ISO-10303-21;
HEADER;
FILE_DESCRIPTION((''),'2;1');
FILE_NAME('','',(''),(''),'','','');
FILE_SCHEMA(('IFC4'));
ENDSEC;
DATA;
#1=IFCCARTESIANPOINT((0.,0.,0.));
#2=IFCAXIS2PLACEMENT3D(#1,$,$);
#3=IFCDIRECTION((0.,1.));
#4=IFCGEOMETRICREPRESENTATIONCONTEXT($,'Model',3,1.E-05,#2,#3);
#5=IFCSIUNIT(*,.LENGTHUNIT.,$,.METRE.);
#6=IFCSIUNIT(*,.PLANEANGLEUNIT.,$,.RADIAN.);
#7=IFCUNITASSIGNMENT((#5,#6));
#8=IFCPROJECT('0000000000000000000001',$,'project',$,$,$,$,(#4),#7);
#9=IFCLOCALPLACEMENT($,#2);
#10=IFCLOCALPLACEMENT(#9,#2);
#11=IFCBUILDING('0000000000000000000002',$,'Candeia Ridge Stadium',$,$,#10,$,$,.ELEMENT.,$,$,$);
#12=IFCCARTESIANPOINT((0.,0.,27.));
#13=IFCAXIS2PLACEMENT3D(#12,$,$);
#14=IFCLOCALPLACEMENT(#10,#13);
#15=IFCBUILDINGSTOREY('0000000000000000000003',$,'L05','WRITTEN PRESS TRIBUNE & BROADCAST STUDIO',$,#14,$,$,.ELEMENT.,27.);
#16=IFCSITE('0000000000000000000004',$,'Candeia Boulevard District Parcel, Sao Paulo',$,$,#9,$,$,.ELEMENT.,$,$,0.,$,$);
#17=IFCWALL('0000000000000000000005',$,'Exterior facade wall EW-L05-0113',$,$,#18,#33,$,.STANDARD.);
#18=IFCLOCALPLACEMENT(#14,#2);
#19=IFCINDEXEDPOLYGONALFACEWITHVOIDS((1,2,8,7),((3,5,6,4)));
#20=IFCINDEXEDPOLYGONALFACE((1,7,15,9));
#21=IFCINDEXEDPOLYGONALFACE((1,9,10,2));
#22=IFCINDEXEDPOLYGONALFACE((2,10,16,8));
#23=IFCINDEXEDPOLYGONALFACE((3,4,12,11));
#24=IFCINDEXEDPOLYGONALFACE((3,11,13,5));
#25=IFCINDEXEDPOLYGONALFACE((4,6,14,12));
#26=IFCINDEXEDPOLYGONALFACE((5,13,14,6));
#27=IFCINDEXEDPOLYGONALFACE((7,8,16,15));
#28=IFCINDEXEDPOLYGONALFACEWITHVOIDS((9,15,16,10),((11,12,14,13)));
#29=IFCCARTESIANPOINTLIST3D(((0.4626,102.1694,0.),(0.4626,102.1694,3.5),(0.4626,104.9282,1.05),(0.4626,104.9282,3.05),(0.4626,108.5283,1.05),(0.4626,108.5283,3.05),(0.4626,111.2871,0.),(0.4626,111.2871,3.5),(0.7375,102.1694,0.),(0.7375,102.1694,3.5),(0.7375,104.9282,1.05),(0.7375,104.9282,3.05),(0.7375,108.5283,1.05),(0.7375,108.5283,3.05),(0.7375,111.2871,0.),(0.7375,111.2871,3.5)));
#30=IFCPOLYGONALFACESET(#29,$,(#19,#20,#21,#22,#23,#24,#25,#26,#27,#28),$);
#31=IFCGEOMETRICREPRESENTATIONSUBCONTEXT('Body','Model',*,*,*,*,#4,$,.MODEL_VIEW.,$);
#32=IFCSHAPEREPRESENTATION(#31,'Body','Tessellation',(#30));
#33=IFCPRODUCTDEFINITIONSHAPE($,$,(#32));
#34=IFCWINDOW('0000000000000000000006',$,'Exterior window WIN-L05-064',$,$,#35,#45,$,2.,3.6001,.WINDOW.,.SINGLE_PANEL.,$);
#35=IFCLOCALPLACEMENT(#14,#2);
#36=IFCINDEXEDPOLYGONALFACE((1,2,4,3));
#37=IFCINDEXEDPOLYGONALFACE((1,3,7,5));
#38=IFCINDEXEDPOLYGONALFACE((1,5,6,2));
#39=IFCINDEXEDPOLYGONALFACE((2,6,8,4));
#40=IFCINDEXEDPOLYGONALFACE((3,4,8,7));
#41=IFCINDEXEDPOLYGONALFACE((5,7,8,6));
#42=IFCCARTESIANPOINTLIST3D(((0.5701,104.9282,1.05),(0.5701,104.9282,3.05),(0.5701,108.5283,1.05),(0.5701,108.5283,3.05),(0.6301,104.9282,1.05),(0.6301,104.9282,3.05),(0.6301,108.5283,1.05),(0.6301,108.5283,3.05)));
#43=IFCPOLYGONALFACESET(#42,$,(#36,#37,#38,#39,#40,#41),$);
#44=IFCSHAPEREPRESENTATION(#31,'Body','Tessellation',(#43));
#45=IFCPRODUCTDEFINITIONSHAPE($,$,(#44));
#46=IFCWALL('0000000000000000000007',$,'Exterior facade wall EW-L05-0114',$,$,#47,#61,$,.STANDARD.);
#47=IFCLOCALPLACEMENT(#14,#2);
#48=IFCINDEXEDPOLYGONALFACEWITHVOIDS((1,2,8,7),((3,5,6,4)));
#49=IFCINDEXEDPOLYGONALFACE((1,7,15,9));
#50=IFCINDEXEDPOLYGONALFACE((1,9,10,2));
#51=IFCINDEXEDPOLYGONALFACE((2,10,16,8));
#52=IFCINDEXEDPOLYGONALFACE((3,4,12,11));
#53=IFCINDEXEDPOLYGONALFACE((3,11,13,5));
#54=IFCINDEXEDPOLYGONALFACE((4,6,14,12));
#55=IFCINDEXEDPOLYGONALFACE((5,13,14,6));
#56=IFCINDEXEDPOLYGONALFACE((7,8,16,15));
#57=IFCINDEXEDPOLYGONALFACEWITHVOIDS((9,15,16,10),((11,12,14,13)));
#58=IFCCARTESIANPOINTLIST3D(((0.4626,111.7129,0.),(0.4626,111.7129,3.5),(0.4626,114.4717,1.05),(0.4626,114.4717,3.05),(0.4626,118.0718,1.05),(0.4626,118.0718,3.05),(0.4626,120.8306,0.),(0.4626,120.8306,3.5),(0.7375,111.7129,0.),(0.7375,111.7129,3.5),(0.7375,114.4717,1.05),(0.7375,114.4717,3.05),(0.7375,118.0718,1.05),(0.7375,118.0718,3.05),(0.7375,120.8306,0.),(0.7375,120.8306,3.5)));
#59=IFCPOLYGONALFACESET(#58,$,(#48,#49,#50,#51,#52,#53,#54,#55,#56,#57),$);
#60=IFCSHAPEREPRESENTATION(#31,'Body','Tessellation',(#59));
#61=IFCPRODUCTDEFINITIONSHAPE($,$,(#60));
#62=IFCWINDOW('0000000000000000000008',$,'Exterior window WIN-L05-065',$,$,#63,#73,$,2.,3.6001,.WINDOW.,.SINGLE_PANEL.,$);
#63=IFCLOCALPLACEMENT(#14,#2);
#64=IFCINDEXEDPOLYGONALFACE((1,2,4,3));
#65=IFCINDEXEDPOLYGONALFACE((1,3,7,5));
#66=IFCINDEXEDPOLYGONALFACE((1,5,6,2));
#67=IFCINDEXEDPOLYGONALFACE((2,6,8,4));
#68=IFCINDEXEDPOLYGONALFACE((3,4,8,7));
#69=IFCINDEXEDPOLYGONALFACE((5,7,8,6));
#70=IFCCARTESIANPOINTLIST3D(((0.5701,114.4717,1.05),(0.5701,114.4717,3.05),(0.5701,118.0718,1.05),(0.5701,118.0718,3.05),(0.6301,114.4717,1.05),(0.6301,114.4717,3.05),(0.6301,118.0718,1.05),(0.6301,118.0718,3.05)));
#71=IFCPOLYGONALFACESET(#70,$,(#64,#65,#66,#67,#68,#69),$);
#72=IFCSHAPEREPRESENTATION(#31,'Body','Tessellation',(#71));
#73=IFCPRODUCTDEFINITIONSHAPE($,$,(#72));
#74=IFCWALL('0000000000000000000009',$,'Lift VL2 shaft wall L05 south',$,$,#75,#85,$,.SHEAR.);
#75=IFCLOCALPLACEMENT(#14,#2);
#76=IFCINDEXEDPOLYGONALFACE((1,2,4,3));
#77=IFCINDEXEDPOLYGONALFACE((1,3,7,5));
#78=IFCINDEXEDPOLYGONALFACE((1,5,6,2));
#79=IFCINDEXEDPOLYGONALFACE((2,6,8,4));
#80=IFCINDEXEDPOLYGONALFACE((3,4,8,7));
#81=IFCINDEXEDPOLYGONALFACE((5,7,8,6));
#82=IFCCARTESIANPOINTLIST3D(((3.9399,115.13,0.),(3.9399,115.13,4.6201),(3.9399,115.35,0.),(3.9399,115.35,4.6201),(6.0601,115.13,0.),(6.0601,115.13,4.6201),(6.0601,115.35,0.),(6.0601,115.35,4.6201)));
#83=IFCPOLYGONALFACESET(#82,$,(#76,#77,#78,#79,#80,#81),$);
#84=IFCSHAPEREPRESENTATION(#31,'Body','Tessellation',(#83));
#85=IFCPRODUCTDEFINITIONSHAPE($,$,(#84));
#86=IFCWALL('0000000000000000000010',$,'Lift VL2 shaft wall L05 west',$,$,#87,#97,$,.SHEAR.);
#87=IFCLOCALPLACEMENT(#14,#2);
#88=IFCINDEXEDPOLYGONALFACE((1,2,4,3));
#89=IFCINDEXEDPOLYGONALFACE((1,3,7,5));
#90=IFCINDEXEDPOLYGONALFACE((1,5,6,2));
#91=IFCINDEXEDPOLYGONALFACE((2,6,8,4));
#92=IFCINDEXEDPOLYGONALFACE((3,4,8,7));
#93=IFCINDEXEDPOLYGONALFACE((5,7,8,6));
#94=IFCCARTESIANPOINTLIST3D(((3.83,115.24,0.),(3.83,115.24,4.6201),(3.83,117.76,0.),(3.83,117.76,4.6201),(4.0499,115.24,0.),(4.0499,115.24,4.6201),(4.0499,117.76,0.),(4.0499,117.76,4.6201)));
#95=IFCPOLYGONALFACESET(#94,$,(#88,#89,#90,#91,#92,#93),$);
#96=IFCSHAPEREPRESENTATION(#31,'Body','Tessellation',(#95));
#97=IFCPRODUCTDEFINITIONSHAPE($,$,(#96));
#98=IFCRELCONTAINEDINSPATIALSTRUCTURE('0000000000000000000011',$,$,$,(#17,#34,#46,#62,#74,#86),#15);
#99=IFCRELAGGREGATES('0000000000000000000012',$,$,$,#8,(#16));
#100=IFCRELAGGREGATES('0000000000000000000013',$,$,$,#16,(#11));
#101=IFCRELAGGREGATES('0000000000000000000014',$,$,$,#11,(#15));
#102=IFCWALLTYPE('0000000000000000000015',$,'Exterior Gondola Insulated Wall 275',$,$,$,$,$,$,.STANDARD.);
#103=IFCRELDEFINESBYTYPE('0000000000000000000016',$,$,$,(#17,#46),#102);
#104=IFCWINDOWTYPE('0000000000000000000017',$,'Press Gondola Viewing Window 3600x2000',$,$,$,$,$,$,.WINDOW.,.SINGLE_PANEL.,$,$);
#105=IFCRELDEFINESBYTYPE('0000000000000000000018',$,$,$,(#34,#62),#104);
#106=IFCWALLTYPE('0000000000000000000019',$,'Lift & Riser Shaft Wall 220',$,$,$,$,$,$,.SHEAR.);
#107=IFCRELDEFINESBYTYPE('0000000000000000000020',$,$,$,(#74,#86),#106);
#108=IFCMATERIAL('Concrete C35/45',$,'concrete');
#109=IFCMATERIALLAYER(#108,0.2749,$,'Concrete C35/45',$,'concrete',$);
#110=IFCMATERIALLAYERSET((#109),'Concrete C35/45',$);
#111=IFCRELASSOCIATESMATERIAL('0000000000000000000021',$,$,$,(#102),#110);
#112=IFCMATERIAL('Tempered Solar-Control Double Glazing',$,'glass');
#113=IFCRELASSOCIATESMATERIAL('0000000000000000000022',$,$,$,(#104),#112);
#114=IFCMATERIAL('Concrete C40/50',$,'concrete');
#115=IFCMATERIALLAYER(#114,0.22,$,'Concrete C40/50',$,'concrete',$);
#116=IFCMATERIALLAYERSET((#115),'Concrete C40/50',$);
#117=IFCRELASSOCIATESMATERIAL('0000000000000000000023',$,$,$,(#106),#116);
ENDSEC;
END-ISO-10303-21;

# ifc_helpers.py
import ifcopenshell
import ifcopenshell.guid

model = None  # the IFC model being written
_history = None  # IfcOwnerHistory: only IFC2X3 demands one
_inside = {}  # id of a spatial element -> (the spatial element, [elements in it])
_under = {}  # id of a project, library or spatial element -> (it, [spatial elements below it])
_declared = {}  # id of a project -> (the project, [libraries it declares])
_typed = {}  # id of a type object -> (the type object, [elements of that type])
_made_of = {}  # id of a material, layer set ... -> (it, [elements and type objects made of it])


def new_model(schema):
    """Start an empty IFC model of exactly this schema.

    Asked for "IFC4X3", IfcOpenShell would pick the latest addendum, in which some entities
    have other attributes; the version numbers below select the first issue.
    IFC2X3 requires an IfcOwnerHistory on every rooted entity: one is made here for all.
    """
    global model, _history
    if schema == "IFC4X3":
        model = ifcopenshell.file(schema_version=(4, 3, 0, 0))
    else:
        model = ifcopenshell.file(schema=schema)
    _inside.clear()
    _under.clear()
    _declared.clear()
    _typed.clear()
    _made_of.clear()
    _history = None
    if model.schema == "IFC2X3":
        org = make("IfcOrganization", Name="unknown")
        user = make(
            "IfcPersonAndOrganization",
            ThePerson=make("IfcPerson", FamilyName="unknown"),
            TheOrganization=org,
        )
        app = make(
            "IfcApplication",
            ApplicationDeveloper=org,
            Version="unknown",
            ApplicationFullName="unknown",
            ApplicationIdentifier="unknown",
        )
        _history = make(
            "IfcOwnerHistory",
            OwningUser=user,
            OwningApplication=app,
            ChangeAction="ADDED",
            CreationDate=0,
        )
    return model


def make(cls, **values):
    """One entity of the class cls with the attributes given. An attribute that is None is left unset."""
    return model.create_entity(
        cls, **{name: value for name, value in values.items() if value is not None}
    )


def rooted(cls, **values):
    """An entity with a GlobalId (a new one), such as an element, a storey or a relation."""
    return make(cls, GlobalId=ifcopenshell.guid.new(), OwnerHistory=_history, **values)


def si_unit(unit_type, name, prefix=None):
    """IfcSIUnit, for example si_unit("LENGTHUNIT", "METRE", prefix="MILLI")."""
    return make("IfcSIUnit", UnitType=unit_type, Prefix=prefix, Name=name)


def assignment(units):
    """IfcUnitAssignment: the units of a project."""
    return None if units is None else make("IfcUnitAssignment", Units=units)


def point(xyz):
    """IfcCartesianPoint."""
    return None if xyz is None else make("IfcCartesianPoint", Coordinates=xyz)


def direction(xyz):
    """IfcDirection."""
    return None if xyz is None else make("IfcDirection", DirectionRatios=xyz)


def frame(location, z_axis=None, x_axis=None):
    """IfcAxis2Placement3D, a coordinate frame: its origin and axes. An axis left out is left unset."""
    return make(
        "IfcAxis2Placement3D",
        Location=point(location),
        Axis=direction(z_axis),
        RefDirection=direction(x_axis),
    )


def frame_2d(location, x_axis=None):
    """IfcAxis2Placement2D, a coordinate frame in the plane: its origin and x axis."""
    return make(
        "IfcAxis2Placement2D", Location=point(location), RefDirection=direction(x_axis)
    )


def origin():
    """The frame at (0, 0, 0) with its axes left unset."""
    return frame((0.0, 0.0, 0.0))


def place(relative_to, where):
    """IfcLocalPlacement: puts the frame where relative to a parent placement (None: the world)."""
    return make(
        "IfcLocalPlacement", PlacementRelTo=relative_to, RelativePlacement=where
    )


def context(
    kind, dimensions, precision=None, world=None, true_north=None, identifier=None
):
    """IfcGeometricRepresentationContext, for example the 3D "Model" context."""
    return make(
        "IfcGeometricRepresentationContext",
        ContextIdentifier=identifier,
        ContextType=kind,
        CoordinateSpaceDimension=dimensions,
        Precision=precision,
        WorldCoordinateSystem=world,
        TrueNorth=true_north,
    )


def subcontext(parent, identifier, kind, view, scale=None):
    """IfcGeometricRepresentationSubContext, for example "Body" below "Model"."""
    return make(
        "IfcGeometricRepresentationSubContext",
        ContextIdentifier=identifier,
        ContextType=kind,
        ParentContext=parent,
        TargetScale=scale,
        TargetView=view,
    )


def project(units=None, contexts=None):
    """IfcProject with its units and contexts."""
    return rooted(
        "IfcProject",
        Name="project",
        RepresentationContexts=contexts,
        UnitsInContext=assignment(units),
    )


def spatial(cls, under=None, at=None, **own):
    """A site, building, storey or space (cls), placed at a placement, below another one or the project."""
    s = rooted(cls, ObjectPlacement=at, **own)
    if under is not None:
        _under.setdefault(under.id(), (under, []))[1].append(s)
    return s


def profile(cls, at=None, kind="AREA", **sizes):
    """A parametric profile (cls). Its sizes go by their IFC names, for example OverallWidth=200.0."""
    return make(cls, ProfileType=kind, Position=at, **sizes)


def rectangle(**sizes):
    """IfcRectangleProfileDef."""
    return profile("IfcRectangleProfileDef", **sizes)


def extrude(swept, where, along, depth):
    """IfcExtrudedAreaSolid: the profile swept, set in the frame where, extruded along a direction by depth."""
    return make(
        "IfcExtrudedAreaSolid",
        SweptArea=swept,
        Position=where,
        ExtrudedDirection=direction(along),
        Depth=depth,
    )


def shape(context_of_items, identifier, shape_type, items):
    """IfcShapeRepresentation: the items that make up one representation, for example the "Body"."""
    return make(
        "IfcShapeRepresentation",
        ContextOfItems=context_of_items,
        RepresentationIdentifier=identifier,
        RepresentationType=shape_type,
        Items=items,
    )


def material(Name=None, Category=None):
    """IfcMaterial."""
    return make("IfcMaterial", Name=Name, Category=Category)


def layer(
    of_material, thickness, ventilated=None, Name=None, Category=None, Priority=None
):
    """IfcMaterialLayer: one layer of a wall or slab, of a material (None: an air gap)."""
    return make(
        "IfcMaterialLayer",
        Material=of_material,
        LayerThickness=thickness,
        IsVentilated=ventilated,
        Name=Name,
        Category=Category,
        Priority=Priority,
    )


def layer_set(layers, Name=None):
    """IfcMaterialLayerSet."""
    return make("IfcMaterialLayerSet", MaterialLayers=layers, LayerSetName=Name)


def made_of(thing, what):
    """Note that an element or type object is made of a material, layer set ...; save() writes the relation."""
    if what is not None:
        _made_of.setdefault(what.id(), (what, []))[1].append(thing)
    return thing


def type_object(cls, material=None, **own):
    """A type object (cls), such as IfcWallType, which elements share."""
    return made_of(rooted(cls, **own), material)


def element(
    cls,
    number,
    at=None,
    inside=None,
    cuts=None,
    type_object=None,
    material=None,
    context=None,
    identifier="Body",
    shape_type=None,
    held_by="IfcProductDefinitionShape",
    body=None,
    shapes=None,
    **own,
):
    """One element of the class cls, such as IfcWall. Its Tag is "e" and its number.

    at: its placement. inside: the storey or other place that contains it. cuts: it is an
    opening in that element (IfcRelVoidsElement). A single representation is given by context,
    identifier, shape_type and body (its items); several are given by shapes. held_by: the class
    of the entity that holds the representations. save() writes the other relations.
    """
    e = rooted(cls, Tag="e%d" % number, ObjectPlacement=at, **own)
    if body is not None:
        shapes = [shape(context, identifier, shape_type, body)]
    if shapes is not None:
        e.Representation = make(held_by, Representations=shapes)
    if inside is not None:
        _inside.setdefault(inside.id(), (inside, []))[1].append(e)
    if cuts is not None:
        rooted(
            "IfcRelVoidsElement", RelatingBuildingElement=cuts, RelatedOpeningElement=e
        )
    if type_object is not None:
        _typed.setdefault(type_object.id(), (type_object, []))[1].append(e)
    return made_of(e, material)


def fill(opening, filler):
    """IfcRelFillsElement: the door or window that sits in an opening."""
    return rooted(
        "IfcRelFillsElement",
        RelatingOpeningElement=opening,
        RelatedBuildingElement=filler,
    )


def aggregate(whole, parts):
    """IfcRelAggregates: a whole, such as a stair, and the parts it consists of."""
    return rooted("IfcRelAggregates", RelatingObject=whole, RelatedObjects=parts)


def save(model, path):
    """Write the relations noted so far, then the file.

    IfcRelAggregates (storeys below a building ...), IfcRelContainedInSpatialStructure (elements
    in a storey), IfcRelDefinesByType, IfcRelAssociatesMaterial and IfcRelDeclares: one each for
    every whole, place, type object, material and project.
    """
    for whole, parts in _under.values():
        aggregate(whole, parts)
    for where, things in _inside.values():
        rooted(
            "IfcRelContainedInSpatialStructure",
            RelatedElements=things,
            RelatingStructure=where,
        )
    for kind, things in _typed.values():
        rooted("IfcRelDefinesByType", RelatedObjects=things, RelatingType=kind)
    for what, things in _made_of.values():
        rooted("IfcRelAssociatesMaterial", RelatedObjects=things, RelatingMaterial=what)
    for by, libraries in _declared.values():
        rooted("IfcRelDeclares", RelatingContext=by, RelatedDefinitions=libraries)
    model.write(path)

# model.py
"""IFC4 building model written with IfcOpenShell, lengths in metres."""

from ifc_helpers import new_model, si_unit, direction, frame, frame_2d, origin, place, context, subcontext, project, spatial, rectangle, extrude, material, layer, layer_set, type_object, element, fill, save


model = new_model("IFC4")

# Units and contexts
model_context = context("Model", 3, precision=1e-05, world=origin(), true_north=direction((0.0, 1.0)))
body_context = subcontext(model_context, "Body", "Model", "MODEL_VIEW")
ifc_project = project(units=[si_unit("LENGTHUNIT", "METRE"), si_unit("PLANEANGLEUNIT", "RADIAN")], contexts=[model_context])

# Site, building, storey
site_placement = place(None, origin())
site = spatial("IfcSite", under=ifc_project, at=site_placement, Name="Candeia Boulevard District Parcel, Sao Paulo", CompositionType="ELEMENT", RefElevation=0.0)
building_placement = place(site_placement, origin())
building = spatial("IfcBuilding", under=site, at=building_placement, Name="Candeia Ridge Stadium", CompositionType="ELEMENT")
storey_placement = place(building_placement, frame((0.0, 0.0, 27.0)))
storey = spatial("IfcBuildingStorey", under=building, at=storey_placement, Name="L05", Description="WRITTEN PRESS TRIBUNE & BROADCAST STUDIO", CompositionType="ELEMENT", Elevation=27.0)

# Shared definitions
ifc_material_1 = material(Name="Concrete C40/50", Category="concrete")

# Walls, openings, windows
ifc_material_2 = material(Name="Concrete C35/45", Category="concrete")
ifc_layer_1 = layer(ifc_material_2, 0.2749, Name="Concrete C35/45", Category="concrete")
ifc_layer_set_1 = layer_set([ifc_layer_1], Name="Concrete C35/45")
wall_type_1 = type_object("IfcWallType", Name="Exterior Gondola Insulated Wall 275", PredefinedType="STANDARD", material=ifc_layer_set_1)
wall_1_placement = place(storey_placement, frame((0.6001, 102.1694, 0.0), z_axis=(0.0, 0.0, 1.0), x_axis=(0.0, 1.0, 0.0)))
wall_1 = element("IfcWall", 1, at=wall_1_placement, inside=storey, type_object=wall_type_1, Name="Exterior facade wall EW-L05-0113", PredefinedType="STANDARD", context=body_context, shape_type="SweptSolid", body=[
    extrude(rectangle(XDim=9.1177, YDim=0.2749, at=frame_2d((4.5588, 0.0))), origin(), (0.0, 0.0, 1.0), 3.5),
])
opening_1_placement = place(wall_1_placement, frame((2.7588, 0.0, 1.05)))
opening_1 = element("IfcOpeningElement", 2, at=opening_1_placement, cuts=wall_1, PredefinedType="OPENING", context=body_context, shape_type="SweptSolid", body=[
    extrude(rectangle(XDim=3.6001, YDim=2.0, at=frame_2d((1.8, 1.0))), frame((0.0, 0.1475, 0.0), z_axis=(0.0, -1.0, 0.0), x_axis=(1.0, 0.0, 0.0)), (0.0, 0.0, 1.0), 0.2949),
])
ifc_material_3 = material(Name="Tempered Solar-Control Double Glazing", Category="glass")
window_type = type_object("IfcWindowType", Name="Press Gondola Viewing Window 3600x2000", PartitioningType="SINGLE_PANEL", PredefinedType="WINDOW", material=ifc_material_3)
window_1_placement = place(opening_1_placement, origin())
window_1 = element("IfcWindow", 3, at=window_1_placement, inside=storey, type_object=window_type, Name="Exterior window WIN-L05-064", OverallHeight=2.0, OverallWidth=3.6001, PartitioningType="SINGLE_PANEL", PredefinedType="WINDOW", context=body_context, shape_type="SweptSolid", body=[
    extrude(rectangle(XDim=3.6001, YDim=2.0, at=frame_2d((1.8, 1.0))), frame((0.0, 0.03, 0.0), z_axis=(0.0, -1.0, 0.0), x_axis=(1.0, 0.0, 0.0)), (0.0, 0.0, 1.0), 0.0601),
])
fill(opening_1, window_1)
wall_2_placement = place(storey_placement, frame((0.6001, 111.7129, 0.0), z_axis=(0.0, 0.0, 1.0), x_axis=(0.0, 1.0, 0.0)))
wall_2 = element("IfcWall", 4, at=wall_2_placement, inside=storey, type_object=wall_type_1, Name="Exterior facade wall EW-L05-0114", PredefinedType="STANDARD", context=body_context, shape_type="SweptSolid", body=[
    extrude(rectangle(XDim=9.1177, YDim=0.2749, at=frame_2d((4.5588, 0.0))), origin(), (0.0, 0.0, 1.0), 3.5),
])
opening_2_placement = place(wall_2_placement, frame((2.7588, 0.0, 1.05)))
opening_2 = element("IfcOpeningElement", 5, at=opening_2_placement, cuts=wall_2, PredefinedType="OPENING", context=body_context, shape_type="SweptSolid", body=[
    extrude(rectangle(XDim=3.6001, YDim=2.0, at=frame_2d((1.8, 1.0))), frame((0.0, 0.1475, 0.0), z_axis=(0.0, -1.0, 0.0), x_axis=(1.0, 0.0, 0.0)), (0.0, 0.0, 1.0), 0.2949),
])
window_2_placement = place(opening_2_placement, origin())
window_2 = element("IfcWindow", 6, at=window_2_placement, inside=storey, type_object=window_type, Name="Exterior window WIN-L05-065", OverallHeight=2.0, OverallWidth=3.6001, PartitioningType="SINGLE_PANEL", PredefinedType="WINDOW", context=body_context, shape_type="SweptSolid", body=[
    extrude(rectangle(XDim=3.6001, YDim=2.0, at=frame_2d((1.8, 1.0))), frame((0.0, 0.03, 0.0), z_axis=(0.0, -1.0, 0.0), x_axis=(1.0, 0.0, 0.0)), (0.0, 0.0, 1.0), 0.0601),
])
fill(opening_2, window_2)

# Wall
ifc_layer_2 = layer(ifc_material_1, 0.22, Name="Concrete C40/50", Category="concrete")
ifc_layer_set_2 = layer_set([ifc_layer_2], Name="Concrete C40/50")
wall_type_2 = type_object("IfcWallType", Name="Lift & Riser Shaft Wall 220", PredefinedType="SHEAR", material=ifc_layer_set_2)
wall_3_placement = place(storey_placement, frame((3.9399, 115.24, 0.0), z_axis=(0.0, 0.0, 1.0), x_axis=(1.0, 0.0, 0.0)))
element("IfcWall", 7, at=wall_3_placement, inside=storey, type_object=wall_type_2, Name="Lift VL2 shaft wall L05 south", PredefinedType="SHEAR", context=body_context, shape_type="SweptSolid", body=[
    extrude(rectangle(XDim=2.1201, YDim=0.22, at=frame_2d((1.0601, 0.0))), origin(), (0.0, 0.0, 1.0), 4.6201),
])

# Wall
wall_4_placement = place(storey_placement, frame((3.9399, 117.76, 0.0), z_axis=(0.0, 0.0, 1.0), x_axis=(0.0, -1.0, 0.0)))
element("IfcWall", 8, at=wall_4_placement, inside=storey, type_object=wall_type_2, Name="Lift VL2 shaft wall L05 west", PredefinedType="SHEAR", context=body_context, shape_type="SweptSolid", body=[
    extrude(rectangle(XDim=2.52, YDim=0.22, at=frame_2d((1.26, 0.0))), origin(), (0.0, 0.0, 1.0), 4.6201),
])

save(model, "model.ifc")
